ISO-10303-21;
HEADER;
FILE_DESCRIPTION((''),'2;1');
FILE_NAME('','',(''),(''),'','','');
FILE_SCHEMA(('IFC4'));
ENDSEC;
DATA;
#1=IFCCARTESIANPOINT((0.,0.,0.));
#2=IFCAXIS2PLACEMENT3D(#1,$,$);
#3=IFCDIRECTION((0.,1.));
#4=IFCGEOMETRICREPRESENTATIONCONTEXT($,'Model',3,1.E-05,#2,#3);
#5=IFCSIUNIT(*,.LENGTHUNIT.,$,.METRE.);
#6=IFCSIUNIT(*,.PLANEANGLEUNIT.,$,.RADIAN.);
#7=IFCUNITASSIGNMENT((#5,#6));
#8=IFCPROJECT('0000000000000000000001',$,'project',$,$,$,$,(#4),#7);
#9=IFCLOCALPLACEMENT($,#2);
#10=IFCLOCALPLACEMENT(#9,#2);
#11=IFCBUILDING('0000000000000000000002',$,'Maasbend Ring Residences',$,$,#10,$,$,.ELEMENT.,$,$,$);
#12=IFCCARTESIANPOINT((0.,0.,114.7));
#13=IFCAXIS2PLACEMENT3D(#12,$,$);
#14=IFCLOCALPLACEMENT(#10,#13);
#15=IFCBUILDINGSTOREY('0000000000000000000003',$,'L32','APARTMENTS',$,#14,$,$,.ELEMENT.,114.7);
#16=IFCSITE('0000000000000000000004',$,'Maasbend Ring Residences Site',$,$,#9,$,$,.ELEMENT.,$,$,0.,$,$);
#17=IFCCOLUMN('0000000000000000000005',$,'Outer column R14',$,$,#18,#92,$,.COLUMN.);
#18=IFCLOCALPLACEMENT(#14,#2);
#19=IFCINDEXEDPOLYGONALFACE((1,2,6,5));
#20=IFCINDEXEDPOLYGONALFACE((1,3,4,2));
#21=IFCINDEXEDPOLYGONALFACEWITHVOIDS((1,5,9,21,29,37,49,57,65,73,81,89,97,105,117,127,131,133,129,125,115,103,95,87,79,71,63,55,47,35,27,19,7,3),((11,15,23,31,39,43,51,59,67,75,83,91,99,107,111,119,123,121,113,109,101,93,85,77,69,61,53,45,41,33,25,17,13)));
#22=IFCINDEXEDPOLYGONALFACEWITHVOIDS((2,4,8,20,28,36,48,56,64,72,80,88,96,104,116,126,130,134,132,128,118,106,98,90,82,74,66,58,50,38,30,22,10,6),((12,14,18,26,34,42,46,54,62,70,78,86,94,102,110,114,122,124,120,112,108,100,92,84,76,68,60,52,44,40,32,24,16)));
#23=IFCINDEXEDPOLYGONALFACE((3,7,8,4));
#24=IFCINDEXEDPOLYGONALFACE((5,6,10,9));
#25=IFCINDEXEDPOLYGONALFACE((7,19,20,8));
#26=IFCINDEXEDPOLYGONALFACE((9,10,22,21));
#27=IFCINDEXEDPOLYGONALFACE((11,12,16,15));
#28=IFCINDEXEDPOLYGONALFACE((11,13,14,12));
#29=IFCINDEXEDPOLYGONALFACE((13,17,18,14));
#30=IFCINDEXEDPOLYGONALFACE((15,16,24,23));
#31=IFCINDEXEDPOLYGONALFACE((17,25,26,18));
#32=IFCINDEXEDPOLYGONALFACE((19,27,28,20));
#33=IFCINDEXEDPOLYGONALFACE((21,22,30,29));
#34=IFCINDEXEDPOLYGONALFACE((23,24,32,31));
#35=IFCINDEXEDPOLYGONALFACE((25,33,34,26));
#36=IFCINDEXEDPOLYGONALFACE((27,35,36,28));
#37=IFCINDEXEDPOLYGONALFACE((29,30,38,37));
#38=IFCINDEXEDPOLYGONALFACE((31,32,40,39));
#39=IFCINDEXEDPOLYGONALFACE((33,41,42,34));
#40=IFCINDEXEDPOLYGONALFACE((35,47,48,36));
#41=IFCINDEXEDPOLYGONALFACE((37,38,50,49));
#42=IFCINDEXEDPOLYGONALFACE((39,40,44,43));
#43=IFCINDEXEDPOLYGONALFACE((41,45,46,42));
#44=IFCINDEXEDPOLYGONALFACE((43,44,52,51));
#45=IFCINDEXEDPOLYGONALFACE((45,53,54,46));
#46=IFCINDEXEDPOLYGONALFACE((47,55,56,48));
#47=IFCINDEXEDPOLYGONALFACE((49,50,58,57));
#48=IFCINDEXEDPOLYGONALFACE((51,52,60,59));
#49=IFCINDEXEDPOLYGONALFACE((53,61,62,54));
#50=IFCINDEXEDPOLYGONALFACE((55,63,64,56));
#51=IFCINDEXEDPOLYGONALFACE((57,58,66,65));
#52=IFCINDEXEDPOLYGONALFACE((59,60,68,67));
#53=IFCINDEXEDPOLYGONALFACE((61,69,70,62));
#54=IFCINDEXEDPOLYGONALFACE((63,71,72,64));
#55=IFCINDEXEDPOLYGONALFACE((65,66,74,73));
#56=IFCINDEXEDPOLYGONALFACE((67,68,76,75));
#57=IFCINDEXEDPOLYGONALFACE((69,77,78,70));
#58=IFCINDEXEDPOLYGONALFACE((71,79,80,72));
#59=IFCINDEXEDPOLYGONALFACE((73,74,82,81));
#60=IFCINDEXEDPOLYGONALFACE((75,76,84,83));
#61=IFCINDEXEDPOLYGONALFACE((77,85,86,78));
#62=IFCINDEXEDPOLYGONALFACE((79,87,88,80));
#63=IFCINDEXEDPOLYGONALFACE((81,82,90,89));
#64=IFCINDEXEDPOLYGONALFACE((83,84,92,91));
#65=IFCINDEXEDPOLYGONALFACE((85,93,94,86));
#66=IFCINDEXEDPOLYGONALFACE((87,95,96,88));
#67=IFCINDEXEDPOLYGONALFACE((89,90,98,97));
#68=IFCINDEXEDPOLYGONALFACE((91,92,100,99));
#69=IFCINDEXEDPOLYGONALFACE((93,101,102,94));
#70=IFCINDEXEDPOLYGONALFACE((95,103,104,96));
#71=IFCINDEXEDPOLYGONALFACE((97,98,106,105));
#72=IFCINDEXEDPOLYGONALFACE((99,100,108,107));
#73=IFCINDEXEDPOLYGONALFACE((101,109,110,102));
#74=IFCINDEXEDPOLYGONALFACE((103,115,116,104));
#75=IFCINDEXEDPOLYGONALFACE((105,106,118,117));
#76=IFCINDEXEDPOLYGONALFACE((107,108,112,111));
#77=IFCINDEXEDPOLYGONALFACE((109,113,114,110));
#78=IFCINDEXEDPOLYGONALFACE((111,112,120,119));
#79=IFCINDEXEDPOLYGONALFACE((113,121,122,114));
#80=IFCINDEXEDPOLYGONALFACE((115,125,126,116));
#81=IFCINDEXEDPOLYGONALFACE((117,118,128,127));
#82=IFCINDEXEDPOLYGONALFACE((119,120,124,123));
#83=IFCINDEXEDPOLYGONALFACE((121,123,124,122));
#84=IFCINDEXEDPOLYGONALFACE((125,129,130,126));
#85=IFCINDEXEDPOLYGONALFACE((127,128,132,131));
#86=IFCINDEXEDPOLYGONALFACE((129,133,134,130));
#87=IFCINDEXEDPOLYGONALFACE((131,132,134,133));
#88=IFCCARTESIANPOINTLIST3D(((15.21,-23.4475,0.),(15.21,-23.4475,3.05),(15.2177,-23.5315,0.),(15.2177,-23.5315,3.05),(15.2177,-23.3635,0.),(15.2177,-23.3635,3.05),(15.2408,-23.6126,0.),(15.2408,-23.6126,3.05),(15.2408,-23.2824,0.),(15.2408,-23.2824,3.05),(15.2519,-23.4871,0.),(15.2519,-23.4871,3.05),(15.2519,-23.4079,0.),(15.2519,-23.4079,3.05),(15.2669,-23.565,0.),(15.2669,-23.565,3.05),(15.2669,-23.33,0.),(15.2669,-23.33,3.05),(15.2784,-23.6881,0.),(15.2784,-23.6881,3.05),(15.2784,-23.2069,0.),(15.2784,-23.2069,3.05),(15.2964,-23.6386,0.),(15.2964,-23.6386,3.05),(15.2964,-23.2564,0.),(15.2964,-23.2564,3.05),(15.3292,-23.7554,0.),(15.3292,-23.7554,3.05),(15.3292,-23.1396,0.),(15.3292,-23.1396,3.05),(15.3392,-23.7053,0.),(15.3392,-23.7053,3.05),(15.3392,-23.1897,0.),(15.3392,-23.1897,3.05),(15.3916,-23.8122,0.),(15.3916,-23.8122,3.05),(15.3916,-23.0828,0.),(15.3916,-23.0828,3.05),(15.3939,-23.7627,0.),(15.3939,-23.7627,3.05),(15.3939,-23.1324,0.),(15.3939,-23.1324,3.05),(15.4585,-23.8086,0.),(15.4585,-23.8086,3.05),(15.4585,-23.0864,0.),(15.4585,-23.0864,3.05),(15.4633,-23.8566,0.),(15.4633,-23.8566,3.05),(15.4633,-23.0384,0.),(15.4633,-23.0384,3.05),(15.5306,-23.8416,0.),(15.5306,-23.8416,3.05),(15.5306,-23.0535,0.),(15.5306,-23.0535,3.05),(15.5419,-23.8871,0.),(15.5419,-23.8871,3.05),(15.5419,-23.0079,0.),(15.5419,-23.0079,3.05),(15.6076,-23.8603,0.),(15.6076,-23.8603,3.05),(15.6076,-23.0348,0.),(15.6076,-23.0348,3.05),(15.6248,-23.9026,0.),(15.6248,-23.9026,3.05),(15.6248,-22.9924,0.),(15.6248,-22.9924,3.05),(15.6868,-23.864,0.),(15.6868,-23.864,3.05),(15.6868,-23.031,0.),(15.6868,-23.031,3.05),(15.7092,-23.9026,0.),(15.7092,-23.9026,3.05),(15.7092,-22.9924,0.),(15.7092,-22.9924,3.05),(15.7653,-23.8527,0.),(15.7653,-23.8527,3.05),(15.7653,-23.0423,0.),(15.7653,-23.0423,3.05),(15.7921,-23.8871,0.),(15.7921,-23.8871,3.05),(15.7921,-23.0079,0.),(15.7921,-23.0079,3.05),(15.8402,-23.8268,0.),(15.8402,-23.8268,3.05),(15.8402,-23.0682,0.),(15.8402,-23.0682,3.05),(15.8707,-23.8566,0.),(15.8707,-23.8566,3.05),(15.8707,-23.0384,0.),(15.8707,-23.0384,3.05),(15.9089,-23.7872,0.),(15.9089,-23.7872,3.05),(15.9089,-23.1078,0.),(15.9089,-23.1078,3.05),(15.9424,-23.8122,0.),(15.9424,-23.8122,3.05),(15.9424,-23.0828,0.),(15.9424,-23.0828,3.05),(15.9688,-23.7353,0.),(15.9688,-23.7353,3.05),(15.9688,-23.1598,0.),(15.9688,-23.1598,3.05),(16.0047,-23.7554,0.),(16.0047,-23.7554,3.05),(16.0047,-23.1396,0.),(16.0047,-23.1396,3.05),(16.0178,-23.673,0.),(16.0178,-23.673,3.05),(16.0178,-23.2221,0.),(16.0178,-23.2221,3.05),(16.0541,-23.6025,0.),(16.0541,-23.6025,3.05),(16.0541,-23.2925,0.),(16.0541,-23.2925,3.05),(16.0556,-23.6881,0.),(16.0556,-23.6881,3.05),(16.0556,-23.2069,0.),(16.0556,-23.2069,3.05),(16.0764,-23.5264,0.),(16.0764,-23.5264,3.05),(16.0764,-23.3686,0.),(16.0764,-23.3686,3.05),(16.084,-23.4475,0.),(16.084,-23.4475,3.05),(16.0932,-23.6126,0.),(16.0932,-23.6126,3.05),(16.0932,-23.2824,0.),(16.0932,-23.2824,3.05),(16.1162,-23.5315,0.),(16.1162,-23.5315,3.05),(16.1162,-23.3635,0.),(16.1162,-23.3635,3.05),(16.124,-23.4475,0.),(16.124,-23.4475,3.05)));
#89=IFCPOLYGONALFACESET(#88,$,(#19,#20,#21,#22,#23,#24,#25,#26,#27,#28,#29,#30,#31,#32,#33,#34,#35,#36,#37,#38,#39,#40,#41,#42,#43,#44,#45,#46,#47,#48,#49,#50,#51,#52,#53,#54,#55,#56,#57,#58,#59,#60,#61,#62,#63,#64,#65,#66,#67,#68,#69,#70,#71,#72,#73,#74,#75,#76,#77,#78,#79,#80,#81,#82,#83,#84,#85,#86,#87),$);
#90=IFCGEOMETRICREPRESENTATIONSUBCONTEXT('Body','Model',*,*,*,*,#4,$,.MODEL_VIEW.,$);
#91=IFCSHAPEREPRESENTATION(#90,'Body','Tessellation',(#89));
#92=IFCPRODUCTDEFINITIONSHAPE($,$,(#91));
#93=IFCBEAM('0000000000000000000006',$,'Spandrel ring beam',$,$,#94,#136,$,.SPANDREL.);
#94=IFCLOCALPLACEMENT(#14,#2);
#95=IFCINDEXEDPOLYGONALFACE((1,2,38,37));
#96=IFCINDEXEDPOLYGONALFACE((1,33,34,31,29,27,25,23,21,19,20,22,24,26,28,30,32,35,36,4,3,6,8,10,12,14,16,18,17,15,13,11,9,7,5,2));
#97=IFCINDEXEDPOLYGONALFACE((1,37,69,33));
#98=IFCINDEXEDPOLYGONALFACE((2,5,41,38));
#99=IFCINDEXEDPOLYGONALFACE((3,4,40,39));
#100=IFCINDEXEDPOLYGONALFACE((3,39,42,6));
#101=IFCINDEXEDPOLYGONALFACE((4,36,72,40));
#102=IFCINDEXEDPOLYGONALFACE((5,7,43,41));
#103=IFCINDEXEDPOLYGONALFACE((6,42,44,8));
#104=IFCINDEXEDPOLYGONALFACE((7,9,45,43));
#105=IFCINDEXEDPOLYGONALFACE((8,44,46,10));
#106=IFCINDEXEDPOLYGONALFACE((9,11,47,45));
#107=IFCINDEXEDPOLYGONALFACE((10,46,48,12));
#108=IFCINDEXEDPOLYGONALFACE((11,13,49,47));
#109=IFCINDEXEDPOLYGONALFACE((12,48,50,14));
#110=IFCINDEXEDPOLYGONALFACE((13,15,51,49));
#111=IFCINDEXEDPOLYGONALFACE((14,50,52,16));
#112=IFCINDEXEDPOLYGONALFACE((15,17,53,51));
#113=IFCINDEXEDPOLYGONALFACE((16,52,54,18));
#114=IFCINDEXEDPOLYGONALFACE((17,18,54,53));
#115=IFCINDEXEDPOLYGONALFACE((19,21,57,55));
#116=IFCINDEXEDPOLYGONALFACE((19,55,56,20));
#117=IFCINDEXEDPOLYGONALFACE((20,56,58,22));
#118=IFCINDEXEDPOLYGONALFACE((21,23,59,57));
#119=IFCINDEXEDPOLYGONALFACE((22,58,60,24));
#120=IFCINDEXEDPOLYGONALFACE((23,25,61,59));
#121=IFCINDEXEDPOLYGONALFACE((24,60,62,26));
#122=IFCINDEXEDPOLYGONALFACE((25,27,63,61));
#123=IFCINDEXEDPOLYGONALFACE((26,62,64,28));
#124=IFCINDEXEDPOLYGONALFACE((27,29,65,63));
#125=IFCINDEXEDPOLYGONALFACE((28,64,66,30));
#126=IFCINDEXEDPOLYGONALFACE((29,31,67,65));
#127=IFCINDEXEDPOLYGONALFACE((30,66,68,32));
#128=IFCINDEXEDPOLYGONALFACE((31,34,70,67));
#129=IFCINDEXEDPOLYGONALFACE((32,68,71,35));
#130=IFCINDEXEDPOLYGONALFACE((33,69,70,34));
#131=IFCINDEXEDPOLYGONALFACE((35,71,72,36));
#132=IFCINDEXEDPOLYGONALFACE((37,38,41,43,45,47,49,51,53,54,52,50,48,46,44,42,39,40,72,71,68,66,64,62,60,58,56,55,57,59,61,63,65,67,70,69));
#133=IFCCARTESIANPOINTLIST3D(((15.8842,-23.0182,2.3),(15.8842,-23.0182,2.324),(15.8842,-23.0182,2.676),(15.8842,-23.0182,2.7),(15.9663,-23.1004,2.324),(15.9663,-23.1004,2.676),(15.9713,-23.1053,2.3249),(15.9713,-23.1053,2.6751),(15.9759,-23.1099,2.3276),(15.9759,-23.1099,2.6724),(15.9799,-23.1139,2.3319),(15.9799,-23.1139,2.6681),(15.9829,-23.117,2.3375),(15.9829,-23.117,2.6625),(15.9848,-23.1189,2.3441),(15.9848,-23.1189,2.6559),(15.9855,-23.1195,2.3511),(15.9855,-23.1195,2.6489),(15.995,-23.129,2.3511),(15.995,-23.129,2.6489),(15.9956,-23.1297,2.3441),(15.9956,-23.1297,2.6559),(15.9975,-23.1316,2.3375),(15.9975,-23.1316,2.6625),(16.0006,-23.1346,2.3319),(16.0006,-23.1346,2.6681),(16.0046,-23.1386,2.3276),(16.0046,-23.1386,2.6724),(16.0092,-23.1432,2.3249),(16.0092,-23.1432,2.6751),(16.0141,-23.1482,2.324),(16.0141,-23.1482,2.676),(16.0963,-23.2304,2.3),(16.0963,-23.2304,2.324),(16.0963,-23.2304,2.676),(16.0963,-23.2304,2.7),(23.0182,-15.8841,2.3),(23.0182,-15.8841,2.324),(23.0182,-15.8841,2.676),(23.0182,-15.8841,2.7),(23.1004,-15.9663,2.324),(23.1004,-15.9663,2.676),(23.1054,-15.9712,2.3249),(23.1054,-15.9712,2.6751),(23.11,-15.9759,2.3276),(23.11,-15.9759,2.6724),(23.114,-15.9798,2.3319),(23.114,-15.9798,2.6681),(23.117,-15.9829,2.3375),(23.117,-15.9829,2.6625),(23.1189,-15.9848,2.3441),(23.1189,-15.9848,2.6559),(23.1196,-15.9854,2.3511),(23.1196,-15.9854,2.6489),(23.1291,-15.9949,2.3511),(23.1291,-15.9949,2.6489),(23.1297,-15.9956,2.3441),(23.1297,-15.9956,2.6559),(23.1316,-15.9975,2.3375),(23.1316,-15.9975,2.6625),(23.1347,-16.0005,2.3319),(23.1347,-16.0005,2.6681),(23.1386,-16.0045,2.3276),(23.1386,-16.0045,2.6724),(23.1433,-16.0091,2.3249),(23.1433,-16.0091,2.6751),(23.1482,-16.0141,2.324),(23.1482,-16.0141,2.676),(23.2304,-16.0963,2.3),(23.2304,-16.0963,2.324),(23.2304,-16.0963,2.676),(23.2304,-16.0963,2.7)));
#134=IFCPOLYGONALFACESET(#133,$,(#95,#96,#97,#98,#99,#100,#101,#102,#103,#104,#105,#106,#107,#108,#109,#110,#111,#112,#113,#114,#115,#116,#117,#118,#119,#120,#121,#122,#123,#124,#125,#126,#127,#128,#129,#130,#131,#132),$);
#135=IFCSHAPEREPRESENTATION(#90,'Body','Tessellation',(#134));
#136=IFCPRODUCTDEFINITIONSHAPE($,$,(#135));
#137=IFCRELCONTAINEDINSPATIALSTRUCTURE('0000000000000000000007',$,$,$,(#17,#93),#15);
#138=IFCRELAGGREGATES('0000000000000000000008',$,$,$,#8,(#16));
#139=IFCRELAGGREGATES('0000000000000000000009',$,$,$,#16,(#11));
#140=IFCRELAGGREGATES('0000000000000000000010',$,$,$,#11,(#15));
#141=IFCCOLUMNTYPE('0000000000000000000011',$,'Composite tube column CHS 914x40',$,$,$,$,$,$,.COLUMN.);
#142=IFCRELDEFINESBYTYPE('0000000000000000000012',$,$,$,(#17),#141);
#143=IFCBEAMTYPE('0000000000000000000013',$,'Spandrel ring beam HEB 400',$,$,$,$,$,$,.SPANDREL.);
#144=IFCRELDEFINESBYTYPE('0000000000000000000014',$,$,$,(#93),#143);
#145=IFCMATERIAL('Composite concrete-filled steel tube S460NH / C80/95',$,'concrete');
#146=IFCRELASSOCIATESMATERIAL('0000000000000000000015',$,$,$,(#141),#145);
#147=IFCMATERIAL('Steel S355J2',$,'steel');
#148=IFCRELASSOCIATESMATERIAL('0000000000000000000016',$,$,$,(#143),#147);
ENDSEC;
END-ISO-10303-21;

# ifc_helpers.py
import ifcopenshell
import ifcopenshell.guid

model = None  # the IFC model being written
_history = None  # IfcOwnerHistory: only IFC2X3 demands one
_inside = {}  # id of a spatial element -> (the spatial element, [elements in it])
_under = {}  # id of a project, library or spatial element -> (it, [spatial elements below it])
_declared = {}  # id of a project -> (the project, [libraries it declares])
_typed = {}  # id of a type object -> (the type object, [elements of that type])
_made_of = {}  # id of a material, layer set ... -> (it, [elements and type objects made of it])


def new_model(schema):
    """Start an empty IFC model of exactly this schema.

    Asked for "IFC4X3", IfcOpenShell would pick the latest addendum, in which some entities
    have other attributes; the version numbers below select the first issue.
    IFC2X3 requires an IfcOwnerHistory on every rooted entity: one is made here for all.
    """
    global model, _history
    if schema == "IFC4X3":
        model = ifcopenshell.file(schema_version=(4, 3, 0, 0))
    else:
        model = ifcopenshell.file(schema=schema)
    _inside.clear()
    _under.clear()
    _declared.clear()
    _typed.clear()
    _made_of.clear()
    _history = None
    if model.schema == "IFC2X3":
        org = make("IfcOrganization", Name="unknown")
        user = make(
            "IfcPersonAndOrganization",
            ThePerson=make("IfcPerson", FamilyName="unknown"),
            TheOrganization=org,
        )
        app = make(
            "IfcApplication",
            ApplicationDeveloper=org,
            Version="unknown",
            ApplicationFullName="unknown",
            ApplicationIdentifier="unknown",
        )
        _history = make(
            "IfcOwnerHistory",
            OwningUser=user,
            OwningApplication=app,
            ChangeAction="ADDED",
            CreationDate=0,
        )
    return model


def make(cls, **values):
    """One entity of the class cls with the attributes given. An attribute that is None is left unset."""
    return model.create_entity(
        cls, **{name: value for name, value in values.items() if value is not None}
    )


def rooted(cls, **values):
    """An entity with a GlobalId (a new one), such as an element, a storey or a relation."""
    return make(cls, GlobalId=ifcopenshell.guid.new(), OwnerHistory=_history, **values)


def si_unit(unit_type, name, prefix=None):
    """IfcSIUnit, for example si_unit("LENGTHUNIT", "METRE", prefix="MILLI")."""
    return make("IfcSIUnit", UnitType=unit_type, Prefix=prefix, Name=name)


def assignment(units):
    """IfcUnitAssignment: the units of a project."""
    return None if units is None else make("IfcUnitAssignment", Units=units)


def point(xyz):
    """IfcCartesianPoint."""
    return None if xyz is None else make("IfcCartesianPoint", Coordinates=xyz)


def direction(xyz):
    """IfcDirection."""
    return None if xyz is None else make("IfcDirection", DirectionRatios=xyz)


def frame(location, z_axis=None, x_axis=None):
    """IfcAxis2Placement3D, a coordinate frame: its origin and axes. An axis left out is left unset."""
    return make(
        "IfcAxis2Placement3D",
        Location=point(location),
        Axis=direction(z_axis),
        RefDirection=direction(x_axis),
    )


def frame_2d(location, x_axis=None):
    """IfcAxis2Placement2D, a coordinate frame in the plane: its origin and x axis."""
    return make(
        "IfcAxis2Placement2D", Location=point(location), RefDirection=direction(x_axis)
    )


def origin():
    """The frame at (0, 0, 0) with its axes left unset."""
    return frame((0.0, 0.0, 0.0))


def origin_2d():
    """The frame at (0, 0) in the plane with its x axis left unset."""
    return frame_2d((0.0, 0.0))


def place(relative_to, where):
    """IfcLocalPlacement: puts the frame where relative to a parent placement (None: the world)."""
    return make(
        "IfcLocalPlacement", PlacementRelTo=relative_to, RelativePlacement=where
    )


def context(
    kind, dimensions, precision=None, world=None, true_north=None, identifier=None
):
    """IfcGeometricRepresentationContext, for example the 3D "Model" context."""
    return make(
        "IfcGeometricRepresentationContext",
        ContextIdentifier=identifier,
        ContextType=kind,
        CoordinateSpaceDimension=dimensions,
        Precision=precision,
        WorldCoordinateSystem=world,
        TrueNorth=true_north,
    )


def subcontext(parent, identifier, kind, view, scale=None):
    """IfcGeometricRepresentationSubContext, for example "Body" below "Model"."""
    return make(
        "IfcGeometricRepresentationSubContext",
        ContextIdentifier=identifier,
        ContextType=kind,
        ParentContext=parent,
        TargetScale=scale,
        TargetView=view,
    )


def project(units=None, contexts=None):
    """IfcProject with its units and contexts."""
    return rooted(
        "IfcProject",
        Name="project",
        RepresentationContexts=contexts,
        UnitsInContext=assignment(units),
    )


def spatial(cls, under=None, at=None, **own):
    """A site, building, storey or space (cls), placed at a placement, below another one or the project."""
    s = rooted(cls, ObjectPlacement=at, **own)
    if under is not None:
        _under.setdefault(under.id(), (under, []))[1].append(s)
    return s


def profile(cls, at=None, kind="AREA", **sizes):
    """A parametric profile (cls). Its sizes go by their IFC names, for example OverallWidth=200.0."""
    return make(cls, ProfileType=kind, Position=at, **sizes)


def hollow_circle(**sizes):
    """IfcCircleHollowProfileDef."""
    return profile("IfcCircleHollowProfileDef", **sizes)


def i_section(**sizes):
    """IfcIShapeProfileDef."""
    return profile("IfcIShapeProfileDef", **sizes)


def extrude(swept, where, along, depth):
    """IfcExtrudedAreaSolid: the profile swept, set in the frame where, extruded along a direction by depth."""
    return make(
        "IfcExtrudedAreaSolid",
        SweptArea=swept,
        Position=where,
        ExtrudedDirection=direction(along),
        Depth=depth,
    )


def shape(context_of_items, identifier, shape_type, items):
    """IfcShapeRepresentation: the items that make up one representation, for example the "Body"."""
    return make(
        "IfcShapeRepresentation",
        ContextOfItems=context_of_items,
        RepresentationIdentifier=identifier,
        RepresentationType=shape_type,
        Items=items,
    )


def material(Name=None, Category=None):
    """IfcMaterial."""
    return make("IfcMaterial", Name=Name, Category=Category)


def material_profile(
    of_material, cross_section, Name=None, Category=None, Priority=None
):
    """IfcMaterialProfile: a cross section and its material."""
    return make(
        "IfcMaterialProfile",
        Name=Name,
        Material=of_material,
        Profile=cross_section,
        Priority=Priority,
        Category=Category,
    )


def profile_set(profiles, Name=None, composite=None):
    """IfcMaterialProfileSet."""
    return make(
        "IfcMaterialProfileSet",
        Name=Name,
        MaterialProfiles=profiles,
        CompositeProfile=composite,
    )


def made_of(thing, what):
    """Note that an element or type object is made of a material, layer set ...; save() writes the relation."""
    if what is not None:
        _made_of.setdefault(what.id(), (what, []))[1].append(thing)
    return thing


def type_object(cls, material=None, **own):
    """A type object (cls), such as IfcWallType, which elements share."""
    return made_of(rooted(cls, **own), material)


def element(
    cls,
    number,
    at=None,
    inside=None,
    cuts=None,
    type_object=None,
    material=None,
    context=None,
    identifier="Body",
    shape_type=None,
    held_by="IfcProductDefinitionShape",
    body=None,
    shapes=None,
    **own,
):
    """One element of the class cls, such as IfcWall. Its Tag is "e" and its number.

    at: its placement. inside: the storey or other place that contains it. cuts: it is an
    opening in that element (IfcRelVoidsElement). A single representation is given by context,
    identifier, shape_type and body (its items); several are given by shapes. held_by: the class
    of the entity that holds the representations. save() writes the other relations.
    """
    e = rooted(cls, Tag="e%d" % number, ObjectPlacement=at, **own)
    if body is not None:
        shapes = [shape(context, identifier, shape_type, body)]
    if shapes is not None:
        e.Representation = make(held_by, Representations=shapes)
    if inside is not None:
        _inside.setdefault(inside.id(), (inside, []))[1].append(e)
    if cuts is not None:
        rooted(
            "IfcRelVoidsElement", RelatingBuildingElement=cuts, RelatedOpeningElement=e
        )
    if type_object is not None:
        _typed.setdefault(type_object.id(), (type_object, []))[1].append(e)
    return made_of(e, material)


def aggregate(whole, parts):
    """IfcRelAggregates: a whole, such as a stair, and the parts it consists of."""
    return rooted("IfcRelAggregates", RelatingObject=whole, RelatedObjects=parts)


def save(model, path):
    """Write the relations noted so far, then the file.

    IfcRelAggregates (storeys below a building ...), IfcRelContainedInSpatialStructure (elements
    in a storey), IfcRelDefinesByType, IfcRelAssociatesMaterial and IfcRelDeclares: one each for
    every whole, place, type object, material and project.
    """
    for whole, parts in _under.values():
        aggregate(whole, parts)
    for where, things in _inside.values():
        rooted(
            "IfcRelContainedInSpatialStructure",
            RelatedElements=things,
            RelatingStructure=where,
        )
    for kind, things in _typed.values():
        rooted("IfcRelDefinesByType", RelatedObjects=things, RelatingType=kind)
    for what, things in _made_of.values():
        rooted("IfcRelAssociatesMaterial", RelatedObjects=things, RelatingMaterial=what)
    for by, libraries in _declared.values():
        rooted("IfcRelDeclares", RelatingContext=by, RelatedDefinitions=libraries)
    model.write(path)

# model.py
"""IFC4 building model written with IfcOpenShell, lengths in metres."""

from ifc_helpers import new_model, si_unit, direction, frame, origin, origin_2d, place, context, subcontext, project, spatial, hollow_circle, i_section, extrude, material, material_profile, profile_set, type_object, element, save


model = new_model("IFC4")

# Units and contexts
model_context = context("Model", 3, precision=1e-05, world=origin(), true_north=direction((0.0, 1.0)))
body_context = subcontext(model_context, "Body", "Model", "MODEL_VIEW")
ifc_project = project(units=[si_unit("LENGTHUNIT", "METRE"), si_unit("PLANEANGLEUNIT", "RADIAN")], contexts=[model_context])

# Site, building, storey
site_placement = place(None, origin())
site = spatial("IfcSite", under=ifc_project, at=site_placement, Name="Maasbend Ring Residences Site", CompositionType="ELEMENT", RefElevation=0.0)
building_placement = place(site_placement, origin())
building = spatial("IfcBuilding", under=site, at=building_placement, Name="Maasbend Ring Residences", CompositionType="ELEMENT")
storey_placement = place(building_placement, frame((0.0, 0.0, 114.7)))
storey = spatial("IfcBuildingStorey", under=building, at=storey_placement, Name="L32", Description="APARTMENTS", CompositionType="ELEMENT", Elevation=114.7)

# Column
ifc_material_1 = material(Name="Composite concrete-filled steel tube S460NH / C80/95", Category="concrete")
ifc_material_profile_1 = material_profile(ifc_material_1, hollow_circle(Radius=0.457, WallThickness=0.04, at=origin_2d()), Name="Composite tube column CHS 914x40")
ifc_profile_set_1 = profile_set([ifc_material_profile_1], Name="Composite concrete-filled steel tube S460NH / C80/95")
column_type = type_object("IfcColumnType", Name="Composite tube column CHS 914x40", PredefinedType="COLUMN", material=ifc_profile_set_1)
column_placement = place(storey_placement, frame((15.667, -23.4475, 0.0), z_axis=(0.0, 0.0, 1.0), x_axis=(1.0, 0.0, 0.0)))
element("IfcColumn", 1, at=column_placement, inside=storey, type_object=column_type, Name="Outer column R14", PredefinedType="COLUMN", context=body_context, shape_type="SweptSolid", body=[
    extrude(hollow_circle(Radius=0.457, WallThickness=0.04, at=origin_2d()), origin(), (0.0, 0.0, 1.0), 3.05),
])

# Beam
ifc_material_2 = material(Name="Steel S355J2", Category="steel")
ifc_material_profile_2 = material_profile(ifc_material_2, i_section(OverallWidth=0.3, OverallDepth=0.3999, WebThickness=0.0134, FlangeThickness=0.0239, FilletRadius=0.0271, at=origin_2d()), Name="HEB 400")
ifc_profile_set_2 = profile_set([ifc_material_profile_2], Name="Steel S355J2")
beam_type = type_object("IfcBeamType", Name="Spandrel ring beam HEB 400", PredefinedType="SPANDREL", material=ifc_profile_set_2)
beam_placement = place(storey_placement, frame((15.9902, -23.1243, 2.5), z_axis=(0.707107, 0.707107, 0.0), x_axis=(-0.707107, 0.707107, 0.0)))
element("IfcBeam", 2, at=beam_placement, inside=storey, type_object=beam_type, Name="Spandrel ring beam", PredefinedType="SPANDREL", context=body_context, shape_type="SweptSolid", body=[
    extrude(i_section(OverallWidth=0.3, OverallDepth=0.3999, WebThickness=0.0134, FlangeThickness=0.0239, FilletRadius=0.0271, at=origin_2d()), origin(), (0.0, 0.0, 1.0), 10.0891),
])

save(model, "model.ifc")
